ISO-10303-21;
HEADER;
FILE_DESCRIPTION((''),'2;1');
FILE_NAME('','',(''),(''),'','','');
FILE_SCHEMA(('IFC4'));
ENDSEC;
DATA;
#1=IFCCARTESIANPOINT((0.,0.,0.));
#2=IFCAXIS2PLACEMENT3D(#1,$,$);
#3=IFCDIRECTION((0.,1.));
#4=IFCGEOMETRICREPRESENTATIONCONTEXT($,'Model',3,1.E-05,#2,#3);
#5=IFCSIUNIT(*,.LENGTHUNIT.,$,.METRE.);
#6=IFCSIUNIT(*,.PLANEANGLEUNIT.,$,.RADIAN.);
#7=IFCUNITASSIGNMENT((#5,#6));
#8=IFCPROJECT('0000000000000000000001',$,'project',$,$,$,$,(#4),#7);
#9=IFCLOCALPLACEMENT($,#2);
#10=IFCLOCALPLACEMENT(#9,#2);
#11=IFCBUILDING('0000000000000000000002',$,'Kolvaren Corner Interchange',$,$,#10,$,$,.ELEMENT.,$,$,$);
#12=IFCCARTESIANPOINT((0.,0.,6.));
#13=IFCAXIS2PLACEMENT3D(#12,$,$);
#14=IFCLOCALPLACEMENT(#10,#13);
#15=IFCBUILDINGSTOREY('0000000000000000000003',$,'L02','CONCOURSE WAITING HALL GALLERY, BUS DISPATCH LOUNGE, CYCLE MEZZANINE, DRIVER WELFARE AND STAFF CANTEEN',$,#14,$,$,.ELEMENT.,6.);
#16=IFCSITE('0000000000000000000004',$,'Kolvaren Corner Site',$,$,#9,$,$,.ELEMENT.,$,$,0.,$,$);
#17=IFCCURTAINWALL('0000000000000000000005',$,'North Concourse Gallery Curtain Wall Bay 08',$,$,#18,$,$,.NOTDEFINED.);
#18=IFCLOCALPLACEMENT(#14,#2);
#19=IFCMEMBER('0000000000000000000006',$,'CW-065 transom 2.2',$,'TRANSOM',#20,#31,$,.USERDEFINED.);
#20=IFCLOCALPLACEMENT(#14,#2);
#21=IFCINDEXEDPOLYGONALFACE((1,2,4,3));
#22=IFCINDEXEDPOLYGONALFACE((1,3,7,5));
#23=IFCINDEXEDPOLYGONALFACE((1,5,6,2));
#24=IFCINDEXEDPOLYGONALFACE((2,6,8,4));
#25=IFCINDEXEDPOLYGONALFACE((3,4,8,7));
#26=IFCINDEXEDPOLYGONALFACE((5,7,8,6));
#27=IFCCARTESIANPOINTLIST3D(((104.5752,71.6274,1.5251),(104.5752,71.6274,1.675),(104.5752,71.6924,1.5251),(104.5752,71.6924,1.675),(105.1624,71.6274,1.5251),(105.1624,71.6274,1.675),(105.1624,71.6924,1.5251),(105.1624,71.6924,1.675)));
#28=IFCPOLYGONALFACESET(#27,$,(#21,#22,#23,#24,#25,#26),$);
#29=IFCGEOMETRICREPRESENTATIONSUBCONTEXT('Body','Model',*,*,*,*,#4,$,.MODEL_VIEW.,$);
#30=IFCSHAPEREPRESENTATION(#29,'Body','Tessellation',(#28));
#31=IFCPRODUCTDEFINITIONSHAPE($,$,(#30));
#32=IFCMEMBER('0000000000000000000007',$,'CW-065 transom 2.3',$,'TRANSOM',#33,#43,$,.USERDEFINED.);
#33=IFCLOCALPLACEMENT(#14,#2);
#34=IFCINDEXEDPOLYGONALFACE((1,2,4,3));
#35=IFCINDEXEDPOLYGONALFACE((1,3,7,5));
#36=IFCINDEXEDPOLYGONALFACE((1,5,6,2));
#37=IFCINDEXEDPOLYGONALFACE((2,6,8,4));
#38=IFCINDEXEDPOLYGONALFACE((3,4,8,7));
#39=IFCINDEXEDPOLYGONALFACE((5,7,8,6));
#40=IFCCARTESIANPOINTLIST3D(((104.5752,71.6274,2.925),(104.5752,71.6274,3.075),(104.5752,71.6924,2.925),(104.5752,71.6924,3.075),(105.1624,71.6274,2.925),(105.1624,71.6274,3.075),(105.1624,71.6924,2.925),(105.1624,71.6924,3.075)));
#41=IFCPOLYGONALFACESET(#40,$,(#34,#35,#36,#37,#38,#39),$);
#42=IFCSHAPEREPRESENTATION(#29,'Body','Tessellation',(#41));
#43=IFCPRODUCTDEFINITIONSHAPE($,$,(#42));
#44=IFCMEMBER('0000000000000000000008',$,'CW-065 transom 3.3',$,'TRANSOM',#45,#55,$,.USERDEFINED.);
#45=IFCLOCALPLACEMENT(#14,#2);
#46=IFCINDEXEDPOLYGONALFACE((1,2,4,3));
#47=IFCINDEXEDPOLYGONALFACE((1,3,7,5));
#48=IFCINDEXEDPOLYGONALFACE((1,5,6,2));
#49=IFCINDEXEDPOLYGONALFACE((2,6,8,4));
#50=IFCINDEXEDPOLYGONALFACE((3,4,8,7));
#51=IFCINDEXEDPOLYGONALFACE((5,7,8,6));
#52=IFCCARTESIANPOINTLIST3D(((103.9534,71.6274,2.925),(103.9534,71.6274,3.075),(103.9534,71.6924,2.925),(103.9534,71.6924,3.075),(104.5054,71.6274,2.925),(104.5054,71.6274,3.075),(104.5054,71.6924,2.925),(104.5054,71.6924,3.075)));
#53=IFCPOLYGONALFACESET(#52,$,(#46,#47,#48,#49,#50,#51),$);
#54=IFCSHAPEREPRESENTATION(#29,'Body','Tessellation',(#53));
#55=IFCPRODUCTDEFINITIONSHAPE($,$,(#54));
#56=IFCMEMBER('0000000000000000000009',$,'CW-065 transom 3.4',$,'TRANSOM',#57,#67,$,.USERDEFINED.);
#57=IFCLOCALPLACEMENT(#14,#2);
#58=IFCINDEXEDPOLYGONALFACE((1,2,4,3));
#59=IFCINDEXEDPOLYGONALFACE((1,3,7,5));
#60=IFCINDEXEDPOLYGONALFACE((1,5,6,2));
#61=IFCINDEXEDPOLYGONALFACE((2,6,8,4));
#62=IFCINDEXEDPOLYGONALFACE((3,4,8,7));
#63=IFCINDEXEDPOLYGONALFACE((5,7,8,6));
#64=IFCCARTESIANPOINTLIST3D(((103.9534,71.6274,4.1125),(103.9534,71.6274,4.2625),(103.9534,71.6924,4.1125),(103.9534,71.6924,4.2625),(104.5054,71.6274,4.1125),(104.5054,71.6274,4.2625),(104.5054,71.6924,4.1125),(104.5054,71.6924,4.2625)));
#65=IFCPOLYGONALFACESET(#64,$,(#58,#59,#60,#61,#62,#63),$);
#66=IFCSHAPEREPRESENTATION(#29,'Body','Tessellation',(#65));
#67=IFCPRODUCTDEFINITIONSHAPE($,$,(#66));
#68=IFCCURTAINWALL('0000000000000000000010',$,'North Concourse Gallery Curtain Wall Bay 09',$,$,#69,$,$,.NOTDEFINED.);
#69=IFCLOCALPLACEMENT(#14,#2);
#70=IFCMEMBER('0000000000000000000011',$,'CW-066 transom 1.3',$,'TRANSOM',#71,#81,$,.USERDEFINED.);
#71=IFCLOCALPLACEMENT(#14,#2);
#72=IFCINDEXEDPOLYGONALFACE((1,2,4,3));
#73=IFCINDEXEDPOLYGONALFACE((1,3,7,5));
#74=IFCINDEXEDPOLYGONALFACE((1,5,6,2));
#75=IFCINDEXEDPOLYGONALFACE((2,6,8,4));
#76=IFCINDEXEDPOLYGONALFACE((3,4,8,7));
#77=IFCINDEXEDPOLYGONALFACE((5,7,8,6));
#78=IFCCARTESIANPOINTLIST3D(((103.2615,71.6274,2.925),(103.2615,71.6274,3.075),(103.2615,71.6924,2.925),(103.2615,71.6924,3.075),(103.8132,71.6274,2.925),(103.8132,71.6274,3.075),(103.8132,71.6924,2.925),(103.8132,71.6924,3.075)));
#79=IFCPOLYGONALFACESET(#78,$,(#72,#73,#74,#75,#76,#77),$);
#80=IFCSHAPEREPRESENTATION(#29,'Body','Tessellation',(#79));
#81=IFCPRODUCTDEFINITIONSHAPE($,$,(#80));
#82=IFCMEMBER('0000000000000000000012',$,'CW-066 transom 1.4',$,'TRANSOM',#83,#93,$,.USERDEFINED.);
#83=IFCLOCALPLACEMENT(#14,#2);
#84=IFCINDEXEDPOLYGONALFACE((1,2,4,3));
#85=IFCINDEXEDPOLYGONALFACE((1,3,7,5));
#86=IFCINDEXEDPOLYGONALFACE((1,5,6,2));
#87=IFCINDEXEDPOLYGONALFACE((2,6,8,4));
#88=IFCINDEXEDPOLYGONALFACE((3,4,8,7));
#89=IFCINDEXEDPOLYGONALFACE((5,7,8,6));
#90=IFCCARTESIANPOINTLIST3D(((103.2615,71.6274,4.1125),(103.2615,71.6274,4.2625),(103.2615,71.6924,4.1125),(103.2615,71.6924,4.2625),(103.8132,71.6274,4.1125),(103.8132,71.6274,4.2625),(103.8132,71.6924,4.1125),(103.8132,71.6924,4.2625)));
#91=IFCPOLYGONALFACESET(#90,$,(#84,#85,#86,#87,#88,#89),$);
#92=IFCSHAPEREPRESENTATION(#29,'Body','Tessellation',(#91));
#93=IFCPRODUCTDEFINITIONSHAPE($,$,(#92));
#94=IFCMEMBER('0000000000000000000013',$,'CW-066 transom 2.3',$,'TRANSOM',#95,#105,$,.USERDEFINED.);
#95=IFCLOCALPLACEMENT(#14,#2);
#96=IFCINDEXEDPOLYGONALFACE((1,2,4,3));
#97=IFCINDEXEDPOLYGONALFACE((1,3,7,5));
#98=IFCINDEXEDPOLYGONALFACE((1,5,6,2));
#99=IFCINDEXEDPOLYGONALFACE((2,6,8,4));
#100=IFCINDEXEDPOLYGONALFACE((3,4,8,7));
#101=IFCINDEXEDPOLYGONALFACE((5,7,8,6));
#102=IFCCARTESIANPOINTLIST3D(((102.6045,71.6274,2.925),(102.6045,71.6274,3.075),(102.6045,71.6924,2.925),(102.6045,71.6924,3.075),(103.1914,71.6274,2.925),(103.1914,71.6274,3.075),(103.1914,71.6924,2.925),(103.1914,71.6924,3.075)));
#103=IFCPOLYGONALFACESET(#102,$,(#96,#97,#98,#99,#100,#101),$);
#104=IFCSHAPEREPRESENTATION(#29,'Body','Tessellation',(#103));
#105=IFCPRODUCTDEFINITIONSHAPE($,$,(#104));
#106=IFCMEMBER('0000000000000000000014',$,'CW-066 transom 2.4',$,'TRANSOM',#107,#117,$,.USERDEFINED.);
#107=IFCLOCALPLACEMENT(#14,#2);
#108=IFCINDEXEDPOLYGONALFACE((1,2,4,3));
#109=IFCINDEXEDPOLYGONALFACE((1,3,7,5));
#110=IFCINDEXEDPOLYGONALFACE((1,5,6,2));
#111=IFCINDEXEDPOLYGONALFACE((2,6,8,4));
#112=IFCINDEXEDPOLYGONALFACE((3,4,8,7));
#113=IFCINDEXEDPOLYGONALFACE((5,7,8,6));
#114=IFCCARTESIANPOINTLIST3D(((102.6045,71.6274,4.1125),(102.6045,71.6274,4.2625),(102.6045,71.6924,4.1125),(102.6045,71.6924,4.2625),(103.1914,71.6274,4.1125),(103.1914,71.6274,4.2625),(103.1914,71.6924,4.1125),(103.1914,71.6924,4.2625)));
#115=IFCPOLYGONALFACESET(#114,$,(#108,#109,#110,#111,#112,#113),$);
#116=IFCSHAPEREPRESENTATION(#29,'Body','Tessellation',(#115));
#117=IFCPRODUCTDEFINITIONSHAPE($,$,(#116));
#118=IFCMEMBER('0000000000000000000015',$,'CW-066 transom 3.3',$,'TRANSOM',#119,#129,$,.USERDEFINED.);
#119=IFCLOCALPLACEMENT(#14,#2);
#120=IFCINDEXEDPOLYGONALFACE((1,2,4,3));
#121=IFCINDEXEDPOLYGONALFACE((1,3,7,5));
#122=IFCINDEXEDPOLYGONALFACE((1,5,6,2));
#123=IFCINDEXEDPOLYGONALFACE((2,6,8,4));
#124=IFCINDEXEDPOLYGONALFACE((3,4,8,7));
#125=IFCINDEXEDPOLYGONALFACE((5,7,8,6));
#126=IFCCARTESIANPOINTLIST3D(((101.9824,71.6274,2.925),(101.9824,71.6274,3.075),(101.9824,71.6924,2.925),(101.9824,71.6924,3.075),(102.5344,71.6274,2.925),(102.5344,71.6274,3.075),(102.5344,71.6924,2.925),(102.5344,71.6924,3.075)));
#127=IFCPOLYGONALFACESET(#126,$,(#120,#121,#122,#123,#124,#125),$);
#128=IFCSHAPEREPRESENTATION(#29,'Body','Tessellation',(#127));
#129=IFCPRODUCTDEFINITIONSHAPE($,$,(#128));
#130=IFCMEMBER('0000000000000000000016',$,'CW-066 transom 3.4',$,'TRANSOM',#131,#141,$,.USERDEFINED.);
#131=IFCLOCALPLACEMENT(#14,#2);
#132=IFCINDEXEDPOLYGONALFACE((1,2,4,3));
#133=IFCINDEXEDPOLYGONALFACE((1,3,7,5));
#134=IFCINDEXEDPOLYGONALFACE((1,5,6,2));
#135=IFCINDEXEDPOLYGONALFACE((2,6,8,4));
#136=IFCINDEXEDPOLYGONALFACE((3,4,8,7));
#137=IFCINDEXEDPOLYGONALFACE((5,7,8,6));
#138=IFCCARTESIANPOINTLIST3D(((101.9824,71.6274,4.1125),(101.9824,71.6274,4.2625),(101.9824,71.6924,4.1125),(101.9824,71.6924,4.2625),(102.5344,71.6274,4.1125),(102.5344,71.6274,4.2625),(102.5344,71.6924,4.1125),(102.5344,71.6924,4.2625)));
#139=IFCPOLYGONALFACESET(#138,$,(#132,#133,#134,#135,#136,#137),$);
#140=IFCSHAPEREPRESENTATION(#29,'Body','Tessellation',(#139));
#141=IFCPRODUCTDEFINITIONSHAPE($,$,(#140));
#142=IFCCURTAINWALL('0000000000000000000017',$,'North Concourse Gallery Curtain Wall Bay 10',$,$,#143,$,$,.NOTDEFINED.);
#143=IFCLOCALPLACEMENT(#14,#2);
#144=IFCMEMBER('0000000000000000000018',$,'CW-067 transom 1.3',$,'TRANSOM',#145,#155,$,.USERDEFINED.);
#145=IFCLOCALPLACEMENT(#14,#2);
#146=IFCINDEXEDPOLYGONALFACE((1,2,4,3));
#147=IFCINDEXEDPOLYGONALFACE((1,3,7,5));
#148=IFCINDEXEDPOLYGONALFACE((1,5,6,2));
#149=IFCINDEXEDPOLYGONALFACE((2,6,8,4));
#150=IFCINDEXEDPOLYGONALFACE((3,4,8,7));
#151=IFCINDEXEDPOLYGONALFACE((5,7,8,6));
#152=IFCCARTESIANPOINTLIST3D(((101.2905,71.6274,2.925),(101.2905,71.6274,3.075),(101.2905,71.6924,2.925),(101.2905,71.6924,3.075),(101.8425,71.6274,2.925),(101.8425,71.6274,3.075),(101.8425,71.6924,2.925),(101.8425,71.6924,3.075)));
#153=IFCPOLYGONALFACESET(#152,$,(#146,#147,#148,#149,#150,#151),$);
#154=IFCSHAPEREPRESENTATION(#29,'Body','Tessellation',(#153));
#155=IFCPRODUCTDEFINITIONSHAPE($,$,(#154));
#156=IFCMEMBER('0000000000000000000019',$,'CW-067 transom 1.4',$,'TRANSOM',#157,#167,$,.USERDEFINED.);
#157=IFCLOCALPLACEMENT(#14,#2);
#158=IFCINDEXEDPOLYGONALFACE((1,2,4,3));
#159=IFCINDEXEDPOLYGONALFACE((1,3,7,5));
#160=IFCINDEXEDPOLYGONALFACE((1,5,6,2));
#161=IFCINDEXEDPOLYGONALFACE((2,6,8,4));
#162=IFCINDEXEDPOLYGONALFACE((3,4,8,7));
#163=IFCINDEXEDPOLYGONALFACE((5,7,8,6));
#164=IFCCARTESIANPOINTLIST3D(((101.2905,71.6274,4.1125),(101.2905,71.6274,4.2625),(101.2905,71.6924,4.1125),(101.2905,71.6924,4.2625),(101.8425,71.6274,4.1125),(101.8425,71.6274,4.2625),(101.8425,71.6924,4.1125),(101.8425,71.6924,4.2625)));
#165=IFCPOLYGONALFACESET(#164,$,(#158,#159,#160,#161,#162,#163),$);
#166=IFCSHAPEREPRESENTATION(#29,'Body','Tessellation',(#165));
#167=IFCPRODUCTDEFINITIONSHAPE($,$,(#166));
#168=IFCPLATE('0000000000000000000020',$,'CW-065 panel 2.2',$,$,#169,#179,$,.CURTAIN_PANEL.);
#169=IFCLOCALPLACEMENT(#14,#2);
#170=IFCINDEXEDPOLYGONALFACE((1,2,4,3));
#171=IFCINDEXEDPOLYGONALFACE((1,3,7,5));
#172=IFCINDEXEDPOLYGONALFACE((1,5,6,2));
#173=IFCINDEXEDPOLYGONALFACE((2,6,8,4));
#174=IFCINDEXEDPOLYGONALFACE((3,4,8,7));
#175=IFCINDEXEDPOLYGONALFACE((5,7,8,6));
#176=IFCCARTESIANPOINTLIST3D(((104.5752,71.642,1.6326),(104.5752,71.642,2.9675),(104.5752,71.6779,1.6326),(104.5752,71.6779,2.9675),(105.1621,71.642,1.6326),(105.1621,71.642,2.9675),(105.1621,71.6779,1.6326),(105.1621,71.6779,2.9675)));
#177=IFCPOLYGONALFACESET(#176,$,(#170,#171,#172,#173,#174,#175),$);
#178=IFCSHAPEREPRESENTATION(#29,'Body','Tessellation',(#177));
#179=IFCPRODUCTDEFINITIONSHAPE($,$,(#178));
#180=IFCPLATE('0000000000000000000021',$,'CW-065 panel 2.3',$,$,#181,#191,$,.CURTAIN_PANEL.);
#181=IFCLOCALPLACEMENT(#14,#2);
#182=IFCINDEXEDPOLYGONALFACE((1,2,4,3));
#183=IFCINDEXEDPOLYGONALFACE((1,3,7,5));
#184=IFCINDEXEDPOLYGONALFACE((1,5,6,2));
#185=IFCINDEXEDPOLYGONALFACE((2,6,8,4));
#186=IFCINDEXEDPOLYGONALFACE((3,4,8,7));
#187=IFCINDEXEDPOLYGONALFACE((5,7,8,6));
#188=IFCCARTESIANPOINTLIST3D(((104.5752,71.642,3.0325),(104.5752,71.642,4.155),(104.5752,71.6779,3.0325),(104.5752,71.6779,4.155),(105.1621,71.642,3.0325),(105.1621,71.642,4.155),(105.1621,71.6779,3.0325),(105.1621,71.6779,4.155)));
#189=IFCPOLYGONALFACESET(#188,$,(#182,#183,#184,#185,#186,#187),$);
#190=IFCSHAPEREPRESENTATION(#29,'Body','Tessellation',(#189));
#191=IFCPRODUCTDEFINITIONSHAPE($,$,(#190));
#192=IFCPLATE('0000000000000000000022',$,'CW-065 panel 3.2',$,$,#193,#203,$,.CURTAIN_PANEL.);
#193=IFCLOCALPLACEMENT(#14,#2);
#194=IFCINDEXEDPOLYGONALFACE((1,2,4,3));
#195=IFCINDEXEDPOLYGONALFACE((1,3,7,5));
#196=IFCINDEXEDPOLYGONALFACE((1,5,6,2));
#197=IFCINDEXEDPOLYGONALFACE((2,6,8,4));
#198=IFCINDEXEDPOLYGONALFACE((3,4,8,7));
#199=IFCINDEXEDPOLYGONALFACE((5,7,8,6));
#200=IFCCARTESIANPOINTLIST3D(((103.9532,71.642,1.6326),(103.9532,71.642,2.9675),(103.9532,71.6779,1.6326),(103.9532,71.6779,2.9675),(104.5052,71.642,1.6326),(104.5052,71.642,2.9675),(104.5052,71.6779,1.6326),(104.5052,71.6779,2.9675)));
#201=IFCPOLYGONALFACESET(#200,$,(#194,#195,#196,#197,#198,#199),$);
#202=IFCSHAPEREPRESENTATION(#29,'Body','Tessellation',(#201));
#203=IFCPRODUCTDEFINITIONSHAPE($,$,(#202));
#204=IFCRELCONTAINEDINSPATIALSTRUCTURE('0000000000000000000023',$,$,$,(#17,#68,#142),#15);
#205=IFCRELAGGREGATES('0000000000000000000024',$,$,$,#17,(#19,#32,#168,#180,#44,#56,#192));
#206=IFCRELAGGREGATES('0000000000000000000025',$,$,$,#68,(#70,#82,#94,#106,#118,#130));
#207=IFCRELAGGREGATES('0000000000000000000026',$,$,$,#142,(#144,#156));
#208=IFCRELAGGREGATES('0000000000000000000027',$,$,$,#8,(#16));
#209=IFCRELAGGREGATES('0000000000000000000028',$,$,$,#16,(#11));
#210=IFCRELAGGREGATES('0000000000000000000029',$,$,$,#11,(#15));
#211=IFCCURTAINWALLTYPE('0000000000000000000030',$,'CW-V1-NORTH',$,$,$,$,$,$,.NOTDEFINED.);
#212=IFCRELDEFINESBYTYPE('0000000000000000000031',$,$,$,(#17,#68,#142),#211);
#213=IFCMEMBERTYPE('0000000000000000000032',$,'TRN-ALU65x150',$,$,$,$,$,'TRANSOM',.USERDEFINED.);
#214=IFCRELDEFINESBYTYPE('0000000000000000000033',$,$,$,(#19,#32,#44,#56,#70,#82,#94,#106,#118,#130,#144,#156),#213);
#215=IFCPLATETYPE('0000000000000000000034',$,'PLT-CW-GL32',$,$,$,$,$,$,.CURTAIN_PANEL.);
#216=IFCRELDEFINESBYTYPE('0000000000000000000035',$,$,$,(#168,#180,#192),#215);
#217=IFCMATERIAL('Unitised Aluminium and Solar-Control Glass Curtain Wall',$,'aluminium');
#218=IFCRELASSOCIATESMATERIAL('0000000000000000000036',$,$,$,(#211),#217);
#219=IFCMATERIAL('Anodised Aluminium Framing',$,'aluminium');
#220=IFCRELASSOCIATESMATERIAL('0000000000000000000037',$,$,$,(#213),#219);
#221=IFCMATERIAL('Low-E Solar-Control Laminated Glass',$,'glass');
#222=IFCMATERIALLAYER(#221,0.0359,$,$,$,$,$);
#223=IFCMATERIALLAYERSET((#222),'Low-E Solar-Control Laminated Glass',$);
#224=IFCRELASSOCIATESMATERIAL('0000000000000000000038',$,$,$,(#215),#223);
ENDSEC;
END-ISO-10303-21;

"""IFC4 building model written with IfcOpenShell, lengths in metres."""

from ifc_helpers import new_model, si_unit, direction, frame, origin, origin_2d, place, context, subcontext, project, spatial, rectangle, extrude, material, layer, layer_set, material_profile, profile_set, type_object, element, aggregate, save


model = new_model("IFC4")

# Units and contexts
model_context = context("Model", 3, precision=1e-05, world=origin(), true_north=direction((0.0, 1.0)))
body_context = subcontext(model_context, "Body", "Model", "MODEL_VIEW")
ifc_project = project(units=[si_unit("LENGTHUNIT", "METRE"), si_unit("PLANEANGLEUNIT", "RADIAN")], contexts=[model_context])

# Site, building, storey
site_placement = place(None, origin())
site = spatial("IfcSite", under=ifc_project, at=site_placement, Name="Kolvaren Corner Site", CompositionType="ELEMENT", RefElevation=0.0)
building_placement = place(site_placement, origin())
building = spatial("IfcBuilding", under=site, at=building_placement, Name="Kolvaren Corner Interchange", CompositionType="ELEMENT")
storey_placement = place(building_placement, frame((0.0, 0.0, 6.0)))
storey = spatial("IfcBuildingStorey", under=building, at=storey_placement, Name="L02", Description="CONCOURSE WAITING HALL GALLERY, BUS DISPATCH LOUNGE, CYCLE MEZZANINE, DRIVER WELFARE AND STAFF CANTEEN", CompositionType="ELEMENT", Elevation=6.0)

# Curtain walls, members
ifc_material_1 = material(Name="Unitised Aluminium and Solar-Control Glass Curtain Wall", Category="aluminium")
curtain_wall_type = type_object("IfcCurtainWallType", Name="CW-V1-NORTH", PredefinedType="NOTDEFINED", material=ifc_material_1)
curtain_wall_1_placement = place(storey_placement, origin())
curtain_wall_1 = element("IfcCurtainWall", 1, at=curtain_wall_1_placement, inside=storey, type_object=curtain_wall_type, Name="North Concourse Gallery Curtain Wall Bay 08", PredefinedType="NOTDEFINED")
ifc_material_2 = material(Name="Anodised Aluminium Framing", Category="aluminium")
ifc_material_profile = material_profile(ifc_material_2, rectangle(XDim=0.0649, YDim=0.1499, at=origin_2d()), Name="ALU 65x150")
ifc_profile_set = profile_set([ifc_material_profile], Name="Anodised Aluminium Framing")
member_type = type_object("IfcMemberType", Name="TRN-ALU65x150", ElementType="TRANSOM", PredefinedType="USERDEFINED", material=ifc_profile_set)
member_1_placement = place(storey_placement, frame((105.1624, 71.6599, 1.6001), z_axis=(-1.0, 0.0, 0.0), x_axis=(0.0, -1.0, 0.0)))
member_1 = element("IfcMember", 2, at=member_1_placement, type_object=member_type, Name="CW-065 transom 2.2", ObjectType="TRANSOM", PredefinedType="USERDEFINED", context=body_context, shape_type="SweptSolid", body=[
    extrude(rectangle(XDim=0.0649, YDim=0.1499, at=origin_2d()), origin(), (0.0, 0.0, 1.0), 0.5872),
])
member_2_placement = place(storey_placement, frame((105.1624, 71.6599, 3.0), z_axis=(-1.0, 0.0, 0.0), x_axis=(0.0, -1.0, 0.0)))
member_2 = element("IfcMember", 3, at=member_2_placement, type_object=member_type, Name="CW-065 transom 2.3", ObjectType="TRANSOM", PredefinedType="USERDEFINED", context=body_context, shape_type="SweptSolid", body=[
    extrude(rectangle(XDim=0.0649, YDim=0.1499, at=origin_2d()), origin(), (0.0, 0.0, 1.0), 0.5872),
])
member_3_placement = place(storey_placement, frame((104.5054, 71.6599, 3.0), z_axis=(-1.0, 0.0, 0.0), x_axis=(0.0, -1.0, 0.0)))
member_3 = element("IfcMember", 4, at=member_3_placement, type_object=member_type, Name="CW-065 transom 3.3", ObjectType="TRANSOM", PredefinedType="USERDEFINED", context=body_context, shape_type="SweptSolid", body=[
    extrude(rectangle(XDim=0.0649, YDim=0.1499, at=origin_2d()), origin(), (0.0, 0.0, 1.0), 0.552),
])
member_4_placement = place(storey_placement, frame((104.5054, 71.6599, 4.1875), z_axis=(-1.0, 0.0, 0.0), x_axis=(0.0, -1.0, 0.0)))
member_4 = element("IfcMember", 5, at=member_4_placement, type_object=member_type, Name="CW-065 transom 3.4", ObjectType="TRANSOM", PredefinedType="USERDEFINED", context=body_context, shape_type="SweptSolid", body=[
    extrude(rectangle(XDim=0.0649, YDim=0.1499, at=origin_2d()), origin(), (0.0, 0.0, 1.0), 0.552),
])
curtain_wall_2_placement = place(storey_placement, origin())
curtain_wall_2 = element("IfcCurtainWall", 6, at=curtain_wall_2_placement, inside=storey, type_object=curtain_wall_type, Name="North Concourse Gallery Curtain Wall Bay 09", PredefinedType="NOTDEFINED")
member_5_placement = place(storey_placement, frame((103.8132, 71.6599, 3.0), z_axis=(-1.0, 0.0, 0.0), x_axis=(0.0, -1.0, 0.0)))
member_5 = element("IfcMember", 7, at=member_5_placement, type_object=member_type, Name="CW-066 transom 1.3", ObjectType="TRANSOM", PredefinedType="USERDEFINED", context=body_context, shape_type="SweptSolid", body=[
    extrude(rectangle(XDim=0.0649, YDim=0.1499, at=origin_2d()), origin(), (0.0, 0.0, 1.0), 0.5518),
])
member_6_placement = place(storey_placement, frame((103.8132, 71.6599, 4.1875), z_axis=(-1.0, 0.0, 0.0), x_axis=(0.0, -1.0, 0.0)))
member_6 = element("IfcMember", 8, at=member_6_placement, type_object=member_type, Name="CW-066 transom 1.4", ObjectType="TRANSOM", PredefinedType="USERDEFINED", context=body_context, shape_type="SweptSolid", body=[
    extrude(rectangle(XDim=0.0649, YDim=0.1499, at=origin_2d()), origin(), (0.0, 0.0, 1.0), 0.5518),
])
member_7_placement = place(storey_placement, frame((103.1914, 71.6599, 3.0), z_axis=(-1.0, 0.0, 0.0), x_axis=(0.0, -1.0, 0.0)))
member_7 = element("IfcMember", 9, at=member_7_placement, type_object=member_type, Name="CW-066 transom 2.3", ObjectType="TRANSOM", PredefinedType="USERDEFINED", context=body_context, shape_type="SweptSolid", body=[
    extrude(rectangle(XDim=0.0649, YDim=0.1499, at=origin_2d()), origin(), (0.0, 0.0, 1.0), 0.5869),
])
member_8_placement = place(storey_placement, frame((103.1914, 71.6599, 4.1875), z_axis=(-1.0, 0.0, 0.0), x_axis=(0.0, -1.0, 0.0)))
member_8 = element("IfcMember", 10, at=member_8_placement, type_object=member_type, Name="CW-066 transom 2.4", ObjectType="TRANSOM", PredefinedType="USERDEFINED", context=body_context, shape_type="SweptSolid", body=[
    extrude(rectangle(XDim=0.0649, YDim=0.1499, at=origin_2d()), origin(), (0.0, 0.0, 1.0), 0.5869),
])
member_9_placement = place(storey_placement, frame((102.5344, 71.6599, 3.0), z_axis=(-1.0, 0.0, 0.0), x_axis=(0.0, -1.0, 0.0)))
member_9 = element("IfcMember", 11, at=member_9_placement, type_object=member_type, Name="CW-066 transom 3.3", ObjectType="TRANSOM", PredefinedType="USERDEFINED", context=body_context, shape_type="SweptSolid", body=[
    extrude(rectangle(XDim=0.0649, YDim=0.1499, at=origin_2d()), origin(), (0.0, 0.0, 1.0), 0.552),
])
member_10_placement = place(storey_placement, frame((102.5344, 71.6599, 4.1875), z_axis=(-1.0, 0.0, 0.0), x_axis=(0.0, -1.0, 0.0)))
member_10 = element("IfcMember", 12, at=member_10_placement, type_object=member_type, Name="CW-066 transom 3.4", ObjectType="TRANSOM", PredefinedType="USERDEFINED", context=body_context, shape_type="SweptSolid", body=[
    extrude(rectangle(XDim=0.0649, YDim=0.1499, at=origin_2d()), origin(), (0.0, 0.0, 1.0), 0.552),
])
curtain_wall_3_placement = place(storey_placement, origin())
curtain_wall_3 = element("IfcCurtainWall", 13, at=curtain_wall_3_placement, inside=storey, type_object=curtain_wall_type, Name="North Concourse Gallery Curtain Wall Bay 10", PredefinedType="NOTDEFINED")
member_11_placement = place(storey_placement, frame((101.8425, 71.6599, 3.0), z_axis=(-1.0, 0.0, 0.0), x_axis=(0.0, -1.0, 0.0)))
member_11 = element("IfcMember", 14, at=member_11_placement, type_object=member_type, Name="CW-067 transom 1.3", ObjectType="TRANSOM", PredefinedType="USERDEFINED", context=body_context, shape_type="SweptSolid", body=[
    extrude(rectangle(XDim=0.0649, YDim=0.1499, at=origin_2d()), origin(), (0.0, 0.0, 1.0), 0.552),
])
member_12_placement = place(storey_placement, frame((101.8425, 71.6599, 4.1875), z_axis=(-1.0, 0.0, 0.0), x_axis=(0.0, -1.0, 0.0)))
member_12 = element("IfcMember", 15, at=member_12_placement, type_object=member_type, Name="CW-067 transom 1.4", ObjectType="TRANSOM", PredefinedType="USERDEFINED", context=body_context, shape_type="SweptSolid", body=[
    extrude(rectangle(XDim=0.0649, YDim=0.1499, at=origin_2d()), origin(), (0.0, 0.0, 1.0), 0.552),
])

# Plates
ifc_material_3 = material(Name="Low-E Solar-Control Laminated Glass", Category="glass")
ifc_layer = layer(ifc_material_3, 0.0359)
ifc_layer_set = layer_set([ifc_layer], Name="Low-E Solar-Control Laminated Glass")
plate_type = type_object("IfcPlateType", Name="PLT-CW-GL32", PredefinedType="CURTAIN_PANEL", material=ifc_layer_set)
plate_1_placement = place(storey_placement, frame((104.8687, 71.6599, 1.6326), z_axis=(0.0, 0.0, 1.0), x_axis=(-1.0, 0.0, 0.0)))
plate_1 = element("IfcPlate", 16, at=plate_1_placement, type_object=plate_type, Name="CW-065 panel 2.2", PredefinedType="CURTAIN_PANEL", context=body_context, shape_type="SweptSolid", body=[
    extrude(rectangle(XDim=0.5869, YDim=0.0359, at=origin_2d()), origin(), (0.0, 0.0, 1.0), 1.335),
])
plate_2_placement = place(storey_placement, frame((104.8687, 71.6599, 3.0325), z_axis=(0.0, 0.0, 1.0), x_axis=(-1.0, 0.0, 0.0)))
plate_2 = element("IfcPlate", 17, at=plate_2_placement, type_object=plate_type, Name="CW-065 panel 2.3", PredefinedType="CURTAIN_PANEL", context=body_context, shape_type="SweptSolid", body=[
    extrude(rectangle(XDim=0.5869, YDim=0.0359, at=origin_2d()), origin(), (0.0, 0.0, 1.0), 1.1226),
])
plate_3_placement = place(storey_placement, frame((104.2292, 71.6599, 1.6326), z_axis=(0.0, 0.0, 1.0), x_axis=(-1.0, 0.0, 0.0)))
plate_3 = element("IfcPlate", 18, at=plate_3_placement, type_object=plate_type, Name="CW-065 panel 3.2", PredefinedType="CURTAIN_PANEL", context=body_context, shape_type="SweptSolid", body=[
    extrude(rectangle(XDim=0.552, YDim=0.0359, at=origin_2d()), origin(), (0.0, 0.0, 1.0), 1.335),
])
aggregate(curtain_wall_1, [member_1, member_2, plate_1, plate_2, member_3, member_4, plate_3])
aggregate(curtain_wall_2, [member_5, member_6, member_7, member_8, member_9, member_10])
aggregate(curtain_wall_3, [member_11, member_12])

save(model, "model.ifc")
